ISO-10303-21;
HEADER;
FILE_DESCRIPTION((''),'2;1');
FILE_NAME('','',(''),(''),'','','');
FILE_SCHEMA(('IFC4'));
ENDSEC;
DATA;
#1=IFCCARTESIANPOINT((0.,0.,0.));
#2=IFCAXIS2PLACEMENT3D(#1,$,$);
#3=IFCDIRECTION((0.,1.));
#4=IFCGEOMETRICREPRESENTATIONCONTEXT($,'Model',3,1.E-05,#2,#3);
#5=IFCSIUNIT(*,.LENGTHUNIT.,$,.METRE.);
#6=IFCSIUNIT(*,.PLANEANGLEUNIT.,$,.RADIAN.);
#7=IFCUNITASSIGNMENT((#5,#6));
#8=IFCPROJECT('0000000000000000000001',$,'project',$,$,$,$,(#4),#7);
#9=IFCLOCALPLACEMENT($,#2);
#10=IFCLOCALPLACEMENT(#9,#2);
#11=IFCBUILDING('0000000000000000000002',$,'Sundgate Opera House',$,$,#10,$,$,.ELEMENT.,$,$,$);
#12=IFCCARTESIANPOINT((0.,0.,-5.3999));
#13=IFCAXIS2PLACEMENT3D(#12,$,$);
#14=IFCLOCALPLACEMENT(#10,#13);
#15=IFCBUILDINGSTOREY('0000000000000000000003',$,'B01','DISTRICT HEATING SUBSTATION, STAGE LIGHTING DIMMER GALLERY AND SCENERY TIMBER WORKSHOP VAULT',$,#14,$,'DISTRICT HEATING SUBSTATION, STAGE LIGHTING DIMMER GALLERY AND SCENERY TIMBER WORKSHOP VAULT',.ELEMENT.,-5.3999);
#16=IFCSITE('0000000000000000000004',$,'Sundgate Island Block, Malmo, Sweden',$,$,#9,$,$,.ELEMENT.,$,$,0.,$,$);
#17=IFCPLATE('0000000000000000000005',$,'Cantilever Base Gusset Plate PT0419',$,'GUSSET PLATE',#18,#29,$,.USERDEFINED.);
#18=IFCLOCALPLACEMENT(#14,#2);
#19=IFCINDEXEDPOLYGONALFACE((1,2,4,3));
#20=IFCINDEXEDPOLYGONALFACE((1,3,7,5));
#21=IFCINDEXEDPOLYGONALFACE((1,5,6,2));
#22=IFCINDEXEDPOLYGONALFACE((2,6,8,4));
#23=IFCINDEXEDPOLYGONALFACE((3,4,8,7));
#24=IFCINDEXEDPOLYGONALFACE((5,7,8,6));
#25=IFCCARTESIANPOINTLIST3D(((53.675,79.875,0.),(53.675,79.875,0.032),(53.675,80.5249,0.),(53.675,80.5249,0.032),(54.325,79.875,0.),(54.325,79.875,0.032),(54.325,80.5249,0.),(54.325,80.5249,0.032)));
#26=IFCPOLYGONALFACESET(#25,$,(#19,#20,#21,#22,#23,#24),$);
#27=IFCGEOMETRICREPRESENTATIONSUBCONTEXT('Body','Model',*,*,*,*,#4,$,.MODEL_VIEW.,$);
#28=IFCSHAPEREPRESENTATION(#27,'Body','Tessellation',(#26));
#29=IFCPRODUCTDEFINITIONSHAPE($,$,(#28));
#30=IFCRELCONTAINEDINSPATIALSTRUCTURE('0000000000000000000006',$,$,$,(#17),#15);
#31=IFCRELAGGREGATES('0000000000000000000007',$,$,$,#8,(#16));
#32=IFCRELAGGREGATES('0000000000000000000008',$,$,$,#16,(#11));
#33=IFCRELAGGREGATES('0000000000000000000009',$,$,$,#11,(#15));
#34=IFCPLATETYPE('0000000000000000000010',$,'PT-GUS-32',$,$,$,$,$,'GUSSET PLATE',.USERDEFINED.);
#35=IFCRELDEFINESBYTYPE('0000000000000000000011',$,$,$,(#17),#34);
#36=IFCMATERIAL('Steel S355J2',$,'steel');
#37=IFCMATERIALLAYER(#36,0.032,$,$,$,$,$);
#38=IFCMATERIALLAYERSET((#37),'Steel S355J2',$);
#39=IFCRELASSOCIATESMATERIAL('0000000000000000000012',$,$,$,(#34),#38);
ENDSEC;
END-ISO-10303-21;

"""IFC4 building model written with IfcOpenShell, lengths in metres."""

from ifc_helpers import new_model, si_unit, direction, frame, origin, origin_2d, place, context, subcontext, project, spatial, rectangle, extrude, material, layer, layer_set, type_object, element, save


model = new_model("IFC4")

# Units and contexts
model_context = context("Model", 3, precision=1e-05, world=origin(), true_north=direction((0.0, 1.0)))
body_context = subcontext(model_context, "Body", "Model", "MODEL_VIEW")
ifc_project = project(units=[si_unit("LENGTHUNIT", "METRE"), si_unit("PLANEANGLEUNIT", "RADIAN")], contexts=[model_context])

# Site, building, storey
site_placement = place(None, origin())
site = spatial("IfcSite", under=ifc_project, at=site_placement, Name="Sundgate Island Block, Malmo, Sweden", CompositionType="ELEMENT", RefElevation=0.0)
building_placement = place(site_placement, origin())
building = spatial("IfcBuilding", under=site, at=building_placement, Name="Sundgate Opera House", CompositionType="ELEMENT")
storey_placement = place(building_placement, frame((0.0, 0.0, -5.3999)))
storey = spatial("IfcBuildingStorey", under=building, at=storey_placement, Name="B01", Description="DISTRICT HEATING SUBSTATION, STAGE LIGHTING DIMMER GALLERY AND SCENERY TIMBER WORKSHOP VAULT", LongName="DISTRICT HEATING SUBSTATION, STAGE LIGHTING DIMMER GALLERY AND SCENERY TIMBER WORKSHOP VAULT", CompositionType="ELEMENT", Elevation=-5.3999)

# Plate
ifc_material_1 = material(Name="Steel S355J2", Category="steel")
ifc_layer = layer(ifc_material_1, 0.032)
ifc_layer_set = layer_set([ifc_layer], Name="Steel S355J2")
plate_type = type_object("IfcPlateType", Name="PT-GUS-32", ElementType="GUSSET PLATE", PredefinedType="USERDEFINED", material=ifc_layer_set)
plate_placement = place(storey_placement, frame((54.0, 80.2, 0.0), z_axis=(0.0, 0.0, 1.0), x_axis=(1.0, 0.0, 0.0)))
element("IfcPlate", 1, at=plate_placement, inside=storey, type_object=plate_type, Name="Cantilever Base Gusset Plate PT0419", ObjectType="GUSSET PLATE", PredefinedType="USERDEFINED", context=body_context, shape_type="SweptSolid", body=[
    extrude(rectangle(XDim=0.6499, YDim=0.6499, at=origin_2d()), origin(), (0.0, 0.0, 1.0), 0.032),
])

save(model, "model.ifc")
